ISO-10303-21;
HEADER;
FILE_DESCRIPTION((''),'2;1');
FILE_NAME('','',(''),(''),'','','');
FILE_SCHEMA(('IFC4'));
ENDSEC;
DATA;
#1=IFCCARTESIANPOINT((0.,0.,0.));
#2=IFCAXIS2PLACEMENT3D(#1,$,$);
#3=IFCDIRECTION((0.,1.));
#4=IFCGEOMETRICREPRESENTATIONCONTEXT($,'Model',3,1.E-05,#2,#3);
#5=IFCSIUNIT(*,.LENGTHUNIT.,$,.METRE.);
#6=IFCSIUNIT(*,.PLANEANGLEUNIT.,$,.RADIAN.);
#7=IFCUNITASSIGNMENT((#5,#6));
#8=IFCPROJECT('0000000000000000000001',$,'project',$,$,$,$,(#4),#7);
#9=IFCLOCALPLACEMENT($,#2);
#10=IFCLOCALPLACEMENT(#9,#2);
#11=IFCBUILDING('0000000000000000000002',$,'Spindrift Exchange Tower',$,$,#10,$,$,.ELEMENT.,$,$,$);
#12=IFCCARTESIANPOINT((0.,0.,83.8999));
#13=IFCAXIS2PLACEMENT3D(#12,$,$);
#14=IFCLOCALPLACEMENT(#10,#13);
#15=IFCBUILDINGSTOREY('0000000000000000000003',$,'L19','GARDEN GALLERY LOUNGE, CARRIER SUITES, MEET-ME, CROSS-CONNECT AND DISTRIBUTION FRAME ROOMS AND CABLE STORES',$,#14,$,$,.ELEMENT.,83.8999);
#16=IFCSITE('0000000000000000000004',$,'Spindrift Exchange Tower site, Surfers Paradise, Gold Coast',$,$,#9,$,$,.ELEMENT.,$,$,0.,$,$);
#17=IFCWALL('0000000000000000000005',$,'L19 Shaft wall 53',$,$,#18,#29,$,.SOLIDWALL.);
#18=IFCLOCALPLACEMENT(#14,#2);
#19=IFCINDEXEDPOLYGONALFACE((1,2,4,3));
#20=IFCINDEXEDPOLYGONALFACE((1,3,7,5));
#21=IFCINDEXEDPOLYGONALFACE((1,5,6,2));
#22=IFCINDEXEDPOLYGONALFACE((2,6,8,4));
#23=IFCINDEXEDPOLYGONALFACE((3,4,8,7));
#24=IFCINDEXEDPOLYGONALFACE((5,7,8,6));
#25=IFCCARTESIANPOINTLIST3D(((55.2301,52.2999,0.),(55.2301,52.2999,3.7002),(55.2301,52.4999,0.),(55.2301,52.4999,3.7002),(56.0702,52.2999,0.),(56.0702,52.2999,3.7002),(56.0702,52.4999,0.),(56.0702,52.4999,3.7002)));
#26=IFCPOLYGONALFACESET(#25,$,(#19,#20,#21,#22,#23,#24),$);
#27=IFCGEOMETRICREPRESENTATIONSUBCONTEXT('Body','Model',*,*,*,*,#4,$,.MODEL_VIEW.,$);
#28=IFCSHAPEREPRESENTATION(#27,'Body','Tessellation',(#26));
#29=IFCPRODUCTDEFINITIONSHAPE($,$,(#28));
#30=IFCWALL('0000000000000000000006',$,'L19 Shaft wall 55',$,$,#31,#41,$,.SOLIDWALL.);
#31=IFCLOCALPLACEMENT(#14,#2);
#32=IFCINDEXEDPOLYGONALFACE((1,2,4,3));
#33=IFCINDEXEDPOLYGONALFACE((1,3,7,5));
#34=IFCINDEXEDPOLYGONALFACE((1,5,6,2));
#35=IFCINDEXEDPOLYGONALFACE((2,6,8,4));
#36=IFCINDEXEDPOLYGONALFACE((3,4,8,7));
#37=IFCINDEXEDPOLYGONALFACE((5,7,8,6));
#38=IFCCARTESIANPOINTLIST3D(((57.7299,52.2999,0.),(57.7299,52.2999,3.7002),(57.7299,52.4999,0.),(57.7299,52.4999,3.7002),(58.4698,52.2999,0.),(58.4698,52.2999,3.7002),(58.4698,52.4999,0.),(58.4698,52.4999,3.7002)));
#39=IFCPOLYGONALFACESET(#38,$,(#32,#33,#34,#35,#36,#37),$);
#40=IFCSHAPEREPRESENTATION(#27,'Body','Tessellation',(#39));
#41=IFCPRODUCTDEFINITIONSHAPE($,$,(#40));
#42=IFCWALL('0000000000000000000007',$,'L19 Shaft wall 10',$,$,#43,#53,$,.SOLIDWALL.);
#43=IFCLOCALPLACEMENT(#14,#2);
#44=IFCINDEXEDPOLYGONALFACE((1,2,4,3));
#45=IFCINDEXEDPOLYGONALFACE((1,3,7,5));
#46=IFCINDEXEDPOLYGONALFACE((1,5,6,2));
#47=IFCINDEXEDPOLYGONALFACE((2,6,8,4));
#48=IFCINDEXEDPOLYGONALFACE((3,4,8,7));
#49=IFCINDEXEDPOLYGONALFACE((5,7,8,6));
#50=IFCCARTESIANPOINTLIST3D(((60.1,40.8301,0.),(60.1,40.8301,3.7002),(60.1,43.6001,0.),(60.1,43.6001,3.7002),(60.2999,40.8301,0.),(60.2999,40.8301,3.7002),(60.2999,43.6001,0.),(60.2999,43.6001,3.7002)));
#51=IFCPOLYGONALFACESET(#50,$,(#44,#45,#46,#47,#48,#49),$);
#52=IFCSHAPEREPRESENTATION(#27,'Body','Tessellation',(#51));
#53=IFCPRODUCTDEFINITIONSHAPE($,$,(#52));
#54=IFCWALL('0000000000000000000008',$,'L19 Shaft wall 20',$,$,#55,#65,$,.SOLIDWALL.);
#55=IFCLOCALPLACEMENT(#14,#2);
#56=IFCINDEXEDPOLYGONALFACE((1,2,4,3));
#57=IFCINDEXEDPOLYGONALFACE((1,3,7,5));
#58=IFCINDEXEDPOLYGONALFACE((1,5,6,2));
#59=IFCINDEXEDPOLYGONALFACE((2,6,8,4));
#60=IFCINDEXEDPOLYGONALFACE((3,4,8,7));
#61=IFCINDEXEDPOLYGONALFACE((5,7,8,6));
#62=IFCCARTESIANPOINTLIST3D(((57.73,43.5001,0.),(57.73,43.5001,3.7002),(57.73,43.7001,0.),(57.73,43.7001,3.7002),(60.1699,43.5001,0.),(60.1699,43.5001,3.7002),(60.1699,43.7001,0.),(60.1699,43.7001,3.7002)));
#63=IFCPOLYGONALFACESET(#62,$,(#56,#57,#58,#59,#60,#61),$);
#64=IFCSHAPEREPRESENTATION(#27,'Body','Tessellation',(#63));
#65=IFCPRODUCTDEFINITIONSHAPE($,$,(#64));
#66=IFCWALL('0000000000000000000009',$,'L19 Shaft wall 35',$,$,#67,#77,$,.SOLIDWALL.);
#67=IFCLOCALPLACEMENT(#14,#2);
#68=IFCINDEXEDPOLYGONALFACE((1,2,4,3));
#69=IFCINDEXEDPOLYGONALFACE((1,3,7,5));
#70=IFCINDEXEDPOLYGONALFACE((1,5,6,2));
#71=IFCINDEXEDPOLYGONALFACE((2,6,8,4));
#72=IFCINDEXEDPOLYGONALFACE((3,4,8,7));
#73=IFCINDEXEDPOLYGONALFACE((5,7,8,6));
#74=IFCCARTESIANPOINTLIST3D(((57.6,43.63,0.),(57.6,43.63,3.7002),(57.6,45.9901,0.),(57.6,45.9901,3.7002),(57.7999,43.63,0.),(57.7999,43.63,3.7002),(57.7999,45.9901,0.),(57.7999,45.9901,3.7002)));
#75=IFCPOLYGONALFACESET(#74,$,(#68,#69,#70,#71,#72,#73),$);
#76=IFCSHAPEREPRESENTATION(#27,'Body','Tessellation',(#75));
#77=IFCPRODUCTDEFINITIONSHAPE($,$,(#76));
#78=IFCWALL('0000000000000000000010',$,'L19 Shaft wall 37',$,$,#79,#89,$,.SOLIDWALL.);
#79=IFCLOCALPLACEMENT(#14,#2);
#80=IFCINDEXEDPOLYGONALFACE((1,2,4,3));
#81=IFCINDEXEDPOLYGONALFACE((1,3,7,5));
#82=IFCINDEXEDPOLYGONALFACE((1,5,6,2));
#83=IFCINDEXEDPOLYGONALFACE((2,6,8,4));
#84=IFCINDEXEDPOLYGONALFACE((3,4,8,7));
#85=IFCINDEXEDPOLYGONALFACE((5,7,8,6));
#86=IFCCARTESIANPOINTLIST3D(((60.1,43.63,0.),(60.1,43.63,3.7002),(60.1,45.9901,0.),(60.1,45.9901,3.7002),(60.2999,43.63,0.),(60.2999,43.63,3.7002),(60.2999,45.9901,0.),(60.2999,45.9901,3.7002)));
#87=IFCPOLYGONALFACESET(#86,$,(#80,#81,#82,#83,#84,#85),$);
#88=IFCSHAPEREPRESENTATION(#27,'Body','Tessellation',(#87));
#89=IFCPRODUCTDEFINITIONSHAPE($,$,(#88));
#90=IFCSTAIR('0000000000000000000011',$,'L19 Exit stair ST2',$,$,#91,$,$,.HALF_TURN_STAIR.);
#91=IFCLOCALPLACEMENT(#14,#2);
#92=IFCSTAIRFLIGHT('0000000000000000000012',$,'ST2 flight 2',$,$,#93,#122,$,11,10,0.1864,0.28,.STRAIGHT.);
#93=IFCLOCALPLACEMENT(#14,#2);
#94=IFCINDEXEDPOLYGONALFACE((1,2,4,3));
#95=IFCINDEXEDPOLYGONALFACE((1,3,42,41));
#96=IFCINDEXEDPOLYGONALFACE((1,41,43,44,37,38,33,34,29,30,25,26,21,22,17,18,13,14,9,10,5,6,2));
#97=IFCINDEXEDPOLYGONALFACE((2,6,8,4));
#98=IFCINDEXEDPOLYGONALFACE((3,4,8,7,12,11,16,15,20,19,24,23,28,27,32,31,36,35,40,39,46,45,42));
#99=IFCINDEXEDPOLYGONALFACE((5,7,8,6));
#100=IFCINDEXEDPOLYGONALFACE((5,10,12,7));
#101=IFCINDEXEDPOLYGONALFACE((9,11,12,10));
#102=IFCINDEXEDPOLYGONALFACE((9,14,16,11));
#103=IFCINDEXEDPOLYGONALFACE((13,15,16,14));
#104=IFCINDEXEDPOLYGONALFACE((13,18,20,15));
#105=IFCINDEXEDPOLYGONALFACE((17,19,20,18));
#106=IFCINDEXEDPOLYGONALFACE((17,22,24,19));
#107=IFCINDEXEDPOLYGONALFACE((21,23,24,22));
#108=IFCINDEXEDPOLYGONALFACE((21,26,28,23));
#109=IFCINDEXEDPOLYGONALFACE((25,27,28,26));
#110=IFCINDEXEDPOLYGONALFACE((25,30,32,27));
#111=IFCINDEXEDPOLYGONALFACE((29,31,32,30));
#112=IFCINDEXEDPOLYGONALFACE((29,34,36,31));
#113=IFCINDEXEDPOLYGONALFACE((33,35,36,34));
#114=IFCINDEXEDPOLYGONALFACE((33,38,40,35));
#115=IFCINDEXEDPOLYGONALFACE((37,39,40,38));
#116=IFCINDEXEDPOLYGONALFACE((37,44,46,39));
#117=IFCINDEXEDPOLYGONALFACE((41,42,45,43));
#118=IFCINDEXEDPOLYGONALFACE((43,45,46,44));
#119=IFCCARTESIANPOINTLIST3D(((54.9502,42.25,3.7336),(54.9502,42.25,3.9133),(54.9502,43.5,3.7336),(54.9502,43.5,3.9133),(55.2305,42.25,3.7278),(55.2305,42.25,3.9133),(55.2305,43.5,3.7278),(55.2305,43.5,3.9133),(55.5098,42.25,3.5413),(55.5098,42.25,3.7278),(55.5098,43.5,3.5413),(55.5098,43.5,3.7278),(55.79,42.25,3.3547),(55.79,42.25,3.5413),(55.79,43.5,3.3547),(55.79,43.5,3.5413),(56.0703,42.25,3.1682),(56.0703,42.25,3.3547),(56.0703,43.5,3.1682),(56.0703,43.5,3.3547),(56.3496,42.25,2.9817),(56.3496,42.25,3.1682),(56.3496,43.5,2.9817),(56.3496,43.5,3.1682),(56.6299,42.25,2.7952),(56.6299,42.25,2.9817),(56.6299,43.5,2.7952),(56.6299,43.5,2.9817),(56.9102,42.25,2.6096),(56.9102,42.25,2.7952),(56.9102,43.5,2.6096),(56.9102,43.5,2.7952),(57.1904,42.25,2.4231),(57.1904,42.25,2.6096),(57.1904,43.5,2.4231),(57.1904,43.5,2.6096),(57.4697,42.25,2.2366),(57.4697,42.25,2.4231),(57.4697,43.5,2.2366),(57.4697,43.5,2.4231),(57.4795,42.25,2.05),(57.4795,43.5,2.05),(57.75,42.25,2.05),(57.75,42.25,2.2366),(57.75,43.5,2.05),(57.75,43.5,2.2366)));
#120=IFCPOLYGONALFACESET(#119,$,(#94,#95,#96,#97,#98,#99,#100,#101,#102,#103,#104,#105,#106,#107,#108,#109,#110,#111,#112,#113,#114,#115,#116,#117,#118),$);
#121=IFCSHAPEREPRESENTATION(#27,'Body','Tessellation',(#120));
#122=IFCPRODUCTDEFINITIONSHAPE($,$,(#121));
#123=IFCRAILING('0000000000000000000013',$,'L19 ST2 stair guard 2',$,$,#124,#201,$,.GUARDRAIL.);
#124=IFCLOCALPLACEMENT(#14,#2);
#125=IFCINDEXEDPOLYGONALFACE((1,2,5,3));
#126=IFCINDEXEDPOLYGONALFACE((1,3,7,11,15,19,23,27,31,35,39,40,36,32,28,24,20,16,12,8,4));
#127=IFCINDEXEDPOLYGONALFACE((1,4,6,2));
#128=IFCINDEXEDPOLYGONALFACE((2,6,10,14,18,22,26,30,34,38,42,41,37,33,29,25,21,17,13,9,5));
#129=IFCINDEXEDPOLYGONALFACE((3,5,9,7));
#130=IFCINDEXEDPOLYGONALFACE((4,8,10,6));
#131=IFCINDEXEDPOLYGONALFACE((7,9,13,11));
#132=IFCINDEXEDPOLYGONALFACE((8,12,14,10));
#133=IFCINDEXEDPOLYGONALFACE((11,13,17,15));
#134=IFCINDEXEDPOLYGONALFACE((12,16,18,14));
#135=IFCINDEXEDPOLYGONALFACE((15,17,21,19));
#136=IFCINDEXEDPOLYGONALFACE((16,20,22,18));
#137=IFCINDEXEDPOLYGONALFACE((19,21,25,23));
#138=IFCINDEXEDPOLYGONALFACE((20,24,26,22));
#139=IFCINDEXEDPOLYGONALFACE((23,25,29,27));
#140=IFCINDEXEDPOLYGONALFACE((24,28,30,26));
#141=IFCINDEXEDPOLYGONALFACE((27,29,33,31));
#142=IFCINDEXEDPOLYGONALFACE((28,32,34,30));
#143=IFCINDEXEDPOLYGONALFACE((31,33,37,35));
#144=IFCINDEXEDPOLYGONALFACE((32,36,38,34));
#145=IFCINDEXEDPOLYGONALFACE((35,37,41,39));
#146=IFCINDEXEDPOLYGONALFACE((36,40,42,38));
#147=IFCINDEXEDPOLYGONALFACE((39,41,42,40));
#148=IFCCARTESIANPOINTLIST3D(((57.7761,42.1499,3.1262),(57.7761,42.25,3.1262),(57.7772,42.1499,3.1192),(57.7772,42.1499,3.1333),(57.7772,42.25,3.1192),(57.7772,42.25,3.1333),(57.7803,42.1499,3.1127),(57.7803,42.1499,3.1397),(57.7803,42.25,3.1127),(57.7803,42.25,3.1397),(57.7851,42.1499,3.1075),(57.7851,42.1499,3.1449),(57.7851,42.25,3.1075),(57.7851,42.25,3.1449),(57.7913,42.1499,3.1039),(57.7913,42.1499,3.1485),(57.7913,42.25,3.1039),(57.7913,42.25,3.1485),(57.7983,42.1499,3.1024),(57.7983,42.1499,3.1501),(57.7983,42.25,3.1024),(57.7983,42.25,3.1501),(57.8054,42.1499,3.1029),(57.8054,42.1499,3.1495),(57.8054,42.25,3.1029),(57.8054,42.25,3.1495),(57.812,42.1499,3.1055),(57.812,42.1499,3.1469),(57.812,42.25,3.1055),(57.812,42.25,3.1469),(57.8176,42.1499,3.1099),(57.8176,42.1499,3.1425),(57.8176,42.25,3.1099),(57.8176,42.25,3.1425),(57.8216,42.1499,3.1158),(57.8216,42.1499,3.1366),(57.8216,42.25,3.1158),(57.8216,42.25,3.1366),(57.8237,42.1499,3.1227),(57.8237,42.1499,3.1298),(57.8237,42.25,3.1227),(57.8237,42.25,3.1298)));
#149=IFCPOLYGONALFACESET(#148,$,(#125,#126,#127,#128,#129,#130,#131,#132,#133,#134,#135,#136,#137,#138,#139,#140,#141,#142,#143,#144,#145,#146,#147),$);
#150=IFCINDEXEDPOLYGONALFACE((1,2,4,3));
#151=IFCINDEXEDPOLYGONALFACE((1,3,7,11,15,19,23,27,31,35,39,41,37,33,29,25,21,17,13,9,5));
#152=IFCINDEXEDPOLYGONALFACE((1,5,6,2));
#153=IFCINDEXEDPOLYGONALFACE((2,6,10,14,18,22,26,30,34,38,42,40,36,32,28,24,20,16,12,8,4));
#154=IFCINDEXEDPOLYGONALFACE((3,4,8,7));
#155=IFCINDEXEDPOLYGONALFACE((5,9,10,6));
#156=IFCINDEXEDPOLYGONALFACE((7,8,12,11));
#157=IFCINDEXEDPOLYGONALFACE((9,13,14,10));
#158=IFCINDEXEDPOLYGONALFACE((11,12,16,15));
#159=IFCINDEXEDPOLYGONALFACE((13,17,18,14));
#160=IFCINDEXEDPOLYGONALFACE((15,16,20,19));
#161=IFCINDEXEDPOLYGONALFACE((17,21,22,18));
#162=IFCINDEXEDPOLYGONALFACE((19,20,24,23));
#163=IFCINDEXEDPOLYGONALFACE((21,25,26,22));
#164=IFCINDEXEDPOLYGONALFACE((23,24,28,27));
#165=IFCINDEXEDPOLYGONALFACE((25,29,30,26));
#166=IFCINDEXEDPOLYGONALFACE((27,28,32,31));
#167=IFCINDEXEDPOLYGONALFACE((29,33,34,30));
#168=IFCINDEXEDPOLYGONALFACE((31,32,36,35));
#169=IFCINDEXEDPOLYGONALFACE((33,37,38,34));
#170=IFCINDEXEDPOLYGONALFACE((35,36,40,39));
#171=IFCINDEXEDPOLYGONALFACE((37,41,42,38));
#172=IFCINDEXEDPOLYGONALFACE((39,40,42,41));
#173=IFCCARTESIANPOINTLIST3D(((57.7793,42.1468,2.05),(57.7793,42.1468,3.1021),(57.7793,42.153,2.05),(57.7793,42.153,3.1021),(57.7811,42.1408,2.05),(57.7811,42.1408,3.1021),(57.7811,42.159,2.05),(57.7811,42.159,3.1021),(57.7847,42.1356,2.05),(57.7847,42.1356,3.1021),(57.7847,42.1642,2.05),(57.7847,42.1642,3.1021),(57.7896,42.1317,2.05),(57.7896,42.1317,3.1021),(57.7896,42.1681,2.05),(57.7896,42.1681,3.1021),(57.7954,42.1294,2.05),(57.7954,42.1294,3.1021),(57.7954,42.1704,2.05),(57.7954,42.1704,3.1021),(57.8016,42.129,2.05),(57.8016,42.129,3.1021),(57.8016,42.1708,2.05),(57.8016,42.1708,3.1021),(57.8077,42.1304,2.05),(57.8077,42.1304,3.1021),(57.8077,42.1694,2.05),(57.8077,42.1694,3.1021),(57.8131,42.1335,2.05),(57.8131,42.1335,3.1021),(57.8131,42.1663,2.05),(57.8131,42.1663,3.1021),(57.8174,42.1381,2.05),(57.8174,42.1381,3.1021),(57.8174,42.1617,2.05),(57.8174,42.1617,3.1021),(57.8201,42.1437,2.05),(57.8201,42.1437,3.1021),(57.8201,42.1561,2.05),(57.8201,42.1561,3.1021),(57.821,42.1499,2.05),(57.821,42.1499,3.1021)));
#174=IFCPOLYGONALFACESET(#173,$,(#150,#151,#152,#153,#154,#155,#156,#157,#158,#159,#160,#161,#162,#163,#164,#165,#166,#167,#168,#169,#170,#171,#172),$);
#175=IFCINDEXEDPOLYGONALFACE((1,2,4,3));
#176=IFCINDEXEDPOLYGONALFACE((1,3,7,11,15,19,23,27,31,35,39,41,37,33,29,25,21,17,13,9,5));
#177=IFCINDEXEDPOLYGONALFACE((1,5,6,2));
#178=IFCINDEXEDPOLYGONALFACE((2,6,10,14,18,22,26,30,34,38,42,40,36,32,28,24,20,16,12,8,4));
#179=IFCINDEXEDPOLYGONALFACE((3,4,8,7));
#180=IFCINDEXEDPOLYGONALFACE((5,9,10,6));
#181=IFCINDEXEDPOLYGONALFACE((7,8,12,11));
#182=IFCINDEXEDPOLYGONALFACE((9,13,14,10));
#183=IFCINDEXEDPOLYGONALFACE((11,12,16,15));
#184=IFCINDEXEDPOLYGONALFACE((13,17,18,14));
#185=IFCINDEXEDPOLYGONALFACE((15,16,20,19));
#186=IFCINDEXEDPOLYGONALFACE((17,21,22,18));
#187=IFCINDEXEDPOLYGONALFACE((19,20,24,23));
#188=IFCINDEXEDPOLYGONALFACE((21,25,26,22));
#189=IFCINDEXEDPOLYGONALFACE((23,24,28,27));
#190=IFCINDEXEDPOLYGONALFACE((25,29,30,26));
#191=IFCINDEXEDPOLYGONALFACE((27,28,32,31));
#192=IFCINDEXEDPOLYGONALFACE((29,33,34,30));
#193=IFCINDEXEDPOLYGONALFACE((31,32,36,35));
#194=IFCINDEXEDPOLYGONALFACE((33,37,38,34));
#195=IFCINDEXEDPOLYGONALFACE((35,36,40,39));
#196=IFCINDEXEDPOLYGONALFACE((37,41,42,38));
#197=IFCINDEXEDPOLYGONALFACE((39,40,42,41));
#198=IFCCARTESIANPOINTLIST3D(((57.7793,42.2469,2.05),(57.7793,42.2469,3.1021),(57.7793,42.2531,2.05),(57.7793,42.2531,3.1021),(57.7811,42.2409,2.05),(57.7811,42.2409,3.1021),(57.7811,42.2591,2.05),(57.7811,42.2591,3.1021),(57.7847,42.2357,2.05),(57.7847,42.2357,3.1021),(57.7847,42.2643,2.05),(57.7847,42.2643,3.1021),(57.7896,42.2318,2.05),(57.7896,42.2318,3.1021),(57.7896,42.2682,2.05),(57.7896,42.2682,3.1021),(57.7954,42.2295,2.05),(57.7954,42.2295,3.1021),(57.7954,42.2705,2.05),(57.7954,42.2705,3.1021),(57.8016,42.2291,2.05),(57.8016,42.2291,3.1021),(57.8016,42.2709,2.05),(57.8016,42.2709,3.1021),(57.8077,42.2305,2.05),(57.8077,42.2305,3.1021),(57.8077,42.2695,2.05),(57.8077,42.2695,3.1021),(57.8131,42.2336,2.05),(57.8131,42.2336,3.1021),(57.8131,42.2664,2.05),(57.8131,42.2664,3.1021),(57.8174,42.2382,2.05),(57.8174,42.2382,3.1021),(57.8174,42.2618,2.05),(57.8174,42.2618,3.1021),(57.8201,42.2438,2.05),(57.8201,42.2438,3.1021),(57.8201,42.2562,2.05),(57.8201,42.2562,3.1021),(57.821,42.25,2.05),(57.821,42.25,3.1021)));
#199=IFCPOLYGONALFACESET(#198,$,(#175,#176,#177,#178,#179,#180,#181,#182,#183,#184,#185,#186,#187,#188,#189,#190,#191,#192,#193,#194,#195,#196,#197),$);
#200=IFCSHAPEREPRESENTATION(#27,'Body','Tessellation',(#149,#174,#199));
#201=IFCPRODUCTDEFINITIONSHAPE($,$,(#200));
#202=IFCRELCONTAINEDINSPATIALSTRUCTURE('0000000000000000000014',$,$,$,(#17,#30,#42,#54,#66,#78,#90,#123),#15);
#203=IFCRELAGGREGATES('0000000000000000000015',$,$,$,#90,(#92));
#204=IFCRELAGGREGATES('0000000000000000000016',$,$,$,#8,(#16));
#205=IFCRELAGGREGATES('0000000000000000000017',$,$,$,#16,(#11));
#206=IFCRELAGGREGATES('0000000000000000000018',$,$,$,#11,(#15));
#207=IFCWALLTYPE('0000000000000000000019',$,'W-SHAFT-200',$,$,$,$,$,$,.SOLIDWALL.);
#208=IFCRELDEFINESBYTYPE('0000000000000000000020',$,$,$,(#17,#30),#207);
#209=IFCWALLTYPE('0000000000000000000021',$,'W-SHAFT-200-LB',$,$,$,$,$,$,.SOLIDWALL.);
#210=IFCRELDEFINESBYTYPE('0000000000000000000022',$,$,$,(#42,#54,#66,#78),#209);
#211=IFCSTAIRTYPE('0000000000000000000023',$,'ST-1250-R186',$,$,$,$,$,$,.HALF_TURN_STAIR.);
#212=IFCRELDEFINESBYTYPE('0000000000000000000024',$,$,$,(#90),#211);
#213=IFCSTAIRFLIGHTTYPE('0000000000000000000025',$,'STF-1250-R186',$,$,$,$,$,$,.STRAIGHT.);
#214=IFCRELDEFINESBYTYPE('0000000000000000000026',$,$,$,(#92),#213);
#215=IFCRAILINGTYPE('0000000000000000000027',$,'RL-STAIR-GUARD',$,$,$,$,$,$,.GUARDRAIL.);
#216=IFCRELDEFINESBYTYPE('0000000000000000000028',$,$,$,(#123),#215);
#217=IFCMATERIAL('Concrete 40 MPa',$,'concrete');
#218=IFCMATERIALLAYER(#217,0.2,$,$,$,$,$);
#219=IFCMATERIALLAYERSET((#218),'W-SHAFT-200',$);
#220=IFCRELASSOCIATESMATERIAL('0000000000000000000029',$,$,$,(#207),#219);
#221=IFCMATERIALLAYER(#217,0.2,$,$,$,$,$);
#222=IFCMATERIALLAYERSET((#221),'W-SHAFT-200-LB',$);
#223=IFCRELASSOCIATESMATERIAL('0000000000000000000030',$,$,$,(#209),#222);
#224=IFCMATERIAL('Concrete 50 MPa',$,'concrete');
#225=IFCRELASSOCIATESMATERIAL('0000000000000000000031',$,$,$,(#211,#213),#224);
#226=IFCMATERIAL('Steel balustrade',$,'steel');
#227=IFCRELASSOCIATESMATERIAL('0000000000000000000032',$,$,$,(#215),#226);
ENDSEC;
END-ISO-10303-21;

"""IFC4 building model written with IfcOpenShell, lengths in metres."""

from ifc_helpers import new_model, si_unit, direction, frame, frame_2d, origin, origin_2d, place, context, subcontext, project, spatial, line, indexed_curve, rectangle, circle, outline, extrude, material, layer, layer_set, type_object, element, aggregate, save


model = new_model("IFC4")

# Units and contexts
model_context = context("Model", 3, precision=1e-05, world=origin(), true_north=direction((0.0, 1.0)))
body_context = subcontext(model_context, "Body", "Model", "MODEL_VIEW")
ifc_project = project(units=[si_unit("LENGTHUNIT", "METRE"), si_unit("PLANEANGLEUNIT", "RADIAN")], contexts=[model_context])

# Site, building, storey
site_placement = place(None, origin())
site = spatial("IfcSite", under=ifc_project, at=site_placement, Name="Spindrift Exchange Tower site, Surfers Paradise, Gold Coast", CompositionType="ELEMENT", RefElevation=0.0)
building_placement = place(site_placement, origin())
building = spatial("IfcBuilding", under=site, at=building_placement, Name="Spindrift Exchange Tower", CompositionType="ELEMENT")
storey_placement = place(building_placement, frame((0.0, 0.0, 83.8999)))
storey = spatial("IfcBuildingStorey", under=building, at=storey_placement, Name="L19", Description="GARDEN GALLERY LOUNGE, CARRIER SUITES, MEET-ME, CROSS-CONNECT AND DISTRIBUTION FRAME ROOMS AND CABLE STORES", CompositionType="ELEMENT", Elevation=83.8999)

# Walls
ifc_material_1 = material(Name="Concrete 40 MPa", Category="concrete")
ifc_layer_1 = layer(ifc_material_1, 0.2)
ifc_layer_set_1 = layer_set([ifc_layer_1], Name="W-SHAFT-200")
wall_type_1 = type_object("IfcWallType", Name="W-SHAFT-200", PredefinedType="SOLIDWALL", material=ifc_layer_set_1)
wall_1_placement = place(storey_placement, frame((56.0701, 52.3999, 0.0), z_axis=(0.0, 0.0, 1.0), x_axis=(-1.0, 0.0, 0.0)))
element("IfcWall", 1, at=wall_1_placement, inside=storey, type_object=wall_type_1, Name="L19 Shaft wall 53", PredefinedType="SOLIDWALL", context=body_context, shape_type="SweptSolid", body=[
    extrude(rectangle(XDim=0.8401, YDim=0.2, at=frame_2d((0.4199, 0.0))), origin(), (0.0, 0.0, 1.0), 3.7002),
])
wall_2_placement = place(storey_placement, frame((58.47, 52.3999, 0.0), z_axis=(0.0, 0.0, 1.0), x_axis=(-1.0, 0.0, 0.0)))
element("IfcWall", 2, at=wall_2_placement, inside=storey, type_object=wall_type_1, Name="L19 Shaft wall 55", PredefinedType="SOLIDWALL", context=body_context, shape_type="SweptSolid", body=[
    extrude(rectangle(XDim=0.74, YDim=0.2, at=frame_2d((0.3701, 0.0))), origin(), (0.0, 0.0, 1.0), 3.7002),
])
ifc_layer_2 = layer(ifc_material_1, 0.2)
ifc_layer_set_2 = layer_set([ifc_layer_2], Name="W-SHAFT-200-LB")
wall_type_2 = type_object("IfcWallType", Name="W-SHAFT-200-LB", PredefinedType="SOLIDWALL", material=ifc_layer_set_2)
wall_3_placement = place(storey_placement, frame((60.2, 40.8301, 0.0), z_axis=(0.0, 0.0, 1.0), x_axis=(0.0, 1.0, 0.0)))
element("IfcWall", 3, at=wall_3_placement, inside=storey, type_object=wall_type_2, Name="L19 Shaft wall 10", PredefinedType="SOLIDWALL", context=body_context, shape_type="SweptSolid", body=[
    extrude(rectangle(XDim=2.77, YDim=0.2, at=frame_2d((1.385, 0.0))), origin(), (0.0, 0.0, 1.0), 3.7002),
])
wall_4_placement = place(storey_placement, frame((57.73, 43.6001, 0.0), z_axis=(0.0, 0.0, 1.0), x_axis=(1.0, 0.0, 0.0)))
element("IfcWall", 4, at=wall_4_placement, inside=storey, type_object=wall_type_2, Name="L19 Shaft wall 20", PredefinedType="SOLIDWALL", context=body_context, shape_type="SweptSolid", body=[
    extrude(rectangle(XDim=2.4399, YDim=0.2, at=frame_2d((1.22, 0.0))), origin(), (0.0, 0.0, 1.0), 3.7002),
])
for number, where, z_axis, x_axis, name in (
    (5, (57.7, 43.6299, 0.0), (0.0, 0.0, 1.0), (0.0, 1.0, 0.0), "L19 Shaft wall 35"),
    (6, (60.2, 43.6299, 0.0), (0.0, 0.0, 1.0), (0.0, 1.0, 0.0), "L19 Shaft wall 37"),
):
    element("IfcWall", number, at=place(storey_placement, frame(where, z_axis=z_axis, x_axis=x_axis)), inside=storey, type_object=wall_type_2, Name=name, PredefinedType="SOLIDWALL", context=body_context, shape_type="SweptSolid", body=[
        extrude(rectangle(XDim=2.3601, YDim=0.2, at=frame_2d((1.1802, 0.0))), origin(), (0.0, 0.0, 1.0), 3.7002),
    ])

# Stair, stair flight
ifc_material_2 = material(Name="Concrete 50 MPa", Category="concrete")
stair_type = type_object("IfcStairType", Name="ST-1250-R186", PredefinedType="HALF_TURN_STAIR", material=ifc_material_2)
stair_placement = place(storey_placement, origin())
stair = element("IfcStair", 7, at=stair_placement, inside=storey, type_object=stair_type, Name="L19 Exit stair ST2", PredefinedType="HALF_TURN_STAIR")
stair_flight_type = type_object("IfcStairFlightType", Name="STF-1250-R186", PredefinedType="STRAIGHT", material=ifc_material_2)
stair_flight_placement = place(storey_placement, frame((57.75, 42.875, 2.05), z_axis=(0.0, 0.0, 1.0), x_axis=(-1.0, 0.0, 0.0)))
stair_flight = element("IfcStairFlight", 8, at=stair_flight_placement, type_object=stair_flight_type, Name="ST2 flight 2", NumberOfRisers=11, NumberOfTreads=10, PredefinedType="STRAIGHT", RiserHeight=0.1864, TreadLength=0.28, context=body_context, shape_type="SweptSolid", body=[
    extrude(outline(indexed_curve([(0.0, 0.0), (0.0, 0.1865), (0.2803, 0.1865), (0.2803, 0.373), (0.5596, 0.373), (0.5596, 0.5596), (0.8398, 0.5596), (0.8398, 0.7451), (1.1201, 0.7451), (1.1201, 0.9316), (1.4004, 0.9316), (1.4004, 1.1182), (1.6797, 1.1182), (1.6797, 1.3047), (1.96, 1.3047), (1.96, 1.4912), (2.2402, 1.4912), (2.2402, 1.6777), (2.5195, 1.6777), (2.5195, 1.8633), (2.7998, 1.8633), (2.7998, 2.0498), (2.7998, 1.6836), (0.2705, 0.0)], segments=[line(1, 2, 3, 4, 5, 6, 7, 8, 9, 10, 11, 12, 13, 14, 15, 16, 17, 18, 19, 20, 21, 22, 23, 24, 1)], self_intersect=False)), frame((0.0, 0.625, 0.0), z_axis=(0.0, -1.0, 0.0), x_axis=(1.0, 0.0, 0.0)), (0.0, 0.0, 1.0), 1.25),
])
aggregate(stair, [stair_flight])

# Railing
ifc_material_3 = material(Name="Steel balustrade", Category="steel")
railing_type_1 = type_object("IfcRailingType", Name="RL-STAIR-GUARD", PredefinedType="GUARDRAIL", material=ifc_material_3)
railing_1_placement = place(storey_placement, frame((57.8, 42.1499, 2.05)))
element("IfcRailing", 9, at=railing_1_placement, inside=storey, type_object=railing_type_1, Name="L19 ST2 stair guard 2", PredefinedType="GUARDRAIL", context=body_context, shape_type="SweptSolid", body=[
    extrude(circle(Radius=0.0239, at=origin_2d()), frame((0.0, 0.0, 1.0762), z_axis=(0.0, 1.0, 0.0), x_axis=(-1.0, 0.0, 0.0)), (0.0, 0.0, 1.0), 0.1001),
    extrude(circle(Radius=0.021, at=origin_2d()), origin(), (0.0, 0.0, 1.0), 1.052),
    extrude(circle(Radius=0.021, at=origin_2d()), frame((0.0, 0.1001, 0.0)), (0.0, 0.0, 1.0), 1.052),
])

save(model, "model.ifc")
